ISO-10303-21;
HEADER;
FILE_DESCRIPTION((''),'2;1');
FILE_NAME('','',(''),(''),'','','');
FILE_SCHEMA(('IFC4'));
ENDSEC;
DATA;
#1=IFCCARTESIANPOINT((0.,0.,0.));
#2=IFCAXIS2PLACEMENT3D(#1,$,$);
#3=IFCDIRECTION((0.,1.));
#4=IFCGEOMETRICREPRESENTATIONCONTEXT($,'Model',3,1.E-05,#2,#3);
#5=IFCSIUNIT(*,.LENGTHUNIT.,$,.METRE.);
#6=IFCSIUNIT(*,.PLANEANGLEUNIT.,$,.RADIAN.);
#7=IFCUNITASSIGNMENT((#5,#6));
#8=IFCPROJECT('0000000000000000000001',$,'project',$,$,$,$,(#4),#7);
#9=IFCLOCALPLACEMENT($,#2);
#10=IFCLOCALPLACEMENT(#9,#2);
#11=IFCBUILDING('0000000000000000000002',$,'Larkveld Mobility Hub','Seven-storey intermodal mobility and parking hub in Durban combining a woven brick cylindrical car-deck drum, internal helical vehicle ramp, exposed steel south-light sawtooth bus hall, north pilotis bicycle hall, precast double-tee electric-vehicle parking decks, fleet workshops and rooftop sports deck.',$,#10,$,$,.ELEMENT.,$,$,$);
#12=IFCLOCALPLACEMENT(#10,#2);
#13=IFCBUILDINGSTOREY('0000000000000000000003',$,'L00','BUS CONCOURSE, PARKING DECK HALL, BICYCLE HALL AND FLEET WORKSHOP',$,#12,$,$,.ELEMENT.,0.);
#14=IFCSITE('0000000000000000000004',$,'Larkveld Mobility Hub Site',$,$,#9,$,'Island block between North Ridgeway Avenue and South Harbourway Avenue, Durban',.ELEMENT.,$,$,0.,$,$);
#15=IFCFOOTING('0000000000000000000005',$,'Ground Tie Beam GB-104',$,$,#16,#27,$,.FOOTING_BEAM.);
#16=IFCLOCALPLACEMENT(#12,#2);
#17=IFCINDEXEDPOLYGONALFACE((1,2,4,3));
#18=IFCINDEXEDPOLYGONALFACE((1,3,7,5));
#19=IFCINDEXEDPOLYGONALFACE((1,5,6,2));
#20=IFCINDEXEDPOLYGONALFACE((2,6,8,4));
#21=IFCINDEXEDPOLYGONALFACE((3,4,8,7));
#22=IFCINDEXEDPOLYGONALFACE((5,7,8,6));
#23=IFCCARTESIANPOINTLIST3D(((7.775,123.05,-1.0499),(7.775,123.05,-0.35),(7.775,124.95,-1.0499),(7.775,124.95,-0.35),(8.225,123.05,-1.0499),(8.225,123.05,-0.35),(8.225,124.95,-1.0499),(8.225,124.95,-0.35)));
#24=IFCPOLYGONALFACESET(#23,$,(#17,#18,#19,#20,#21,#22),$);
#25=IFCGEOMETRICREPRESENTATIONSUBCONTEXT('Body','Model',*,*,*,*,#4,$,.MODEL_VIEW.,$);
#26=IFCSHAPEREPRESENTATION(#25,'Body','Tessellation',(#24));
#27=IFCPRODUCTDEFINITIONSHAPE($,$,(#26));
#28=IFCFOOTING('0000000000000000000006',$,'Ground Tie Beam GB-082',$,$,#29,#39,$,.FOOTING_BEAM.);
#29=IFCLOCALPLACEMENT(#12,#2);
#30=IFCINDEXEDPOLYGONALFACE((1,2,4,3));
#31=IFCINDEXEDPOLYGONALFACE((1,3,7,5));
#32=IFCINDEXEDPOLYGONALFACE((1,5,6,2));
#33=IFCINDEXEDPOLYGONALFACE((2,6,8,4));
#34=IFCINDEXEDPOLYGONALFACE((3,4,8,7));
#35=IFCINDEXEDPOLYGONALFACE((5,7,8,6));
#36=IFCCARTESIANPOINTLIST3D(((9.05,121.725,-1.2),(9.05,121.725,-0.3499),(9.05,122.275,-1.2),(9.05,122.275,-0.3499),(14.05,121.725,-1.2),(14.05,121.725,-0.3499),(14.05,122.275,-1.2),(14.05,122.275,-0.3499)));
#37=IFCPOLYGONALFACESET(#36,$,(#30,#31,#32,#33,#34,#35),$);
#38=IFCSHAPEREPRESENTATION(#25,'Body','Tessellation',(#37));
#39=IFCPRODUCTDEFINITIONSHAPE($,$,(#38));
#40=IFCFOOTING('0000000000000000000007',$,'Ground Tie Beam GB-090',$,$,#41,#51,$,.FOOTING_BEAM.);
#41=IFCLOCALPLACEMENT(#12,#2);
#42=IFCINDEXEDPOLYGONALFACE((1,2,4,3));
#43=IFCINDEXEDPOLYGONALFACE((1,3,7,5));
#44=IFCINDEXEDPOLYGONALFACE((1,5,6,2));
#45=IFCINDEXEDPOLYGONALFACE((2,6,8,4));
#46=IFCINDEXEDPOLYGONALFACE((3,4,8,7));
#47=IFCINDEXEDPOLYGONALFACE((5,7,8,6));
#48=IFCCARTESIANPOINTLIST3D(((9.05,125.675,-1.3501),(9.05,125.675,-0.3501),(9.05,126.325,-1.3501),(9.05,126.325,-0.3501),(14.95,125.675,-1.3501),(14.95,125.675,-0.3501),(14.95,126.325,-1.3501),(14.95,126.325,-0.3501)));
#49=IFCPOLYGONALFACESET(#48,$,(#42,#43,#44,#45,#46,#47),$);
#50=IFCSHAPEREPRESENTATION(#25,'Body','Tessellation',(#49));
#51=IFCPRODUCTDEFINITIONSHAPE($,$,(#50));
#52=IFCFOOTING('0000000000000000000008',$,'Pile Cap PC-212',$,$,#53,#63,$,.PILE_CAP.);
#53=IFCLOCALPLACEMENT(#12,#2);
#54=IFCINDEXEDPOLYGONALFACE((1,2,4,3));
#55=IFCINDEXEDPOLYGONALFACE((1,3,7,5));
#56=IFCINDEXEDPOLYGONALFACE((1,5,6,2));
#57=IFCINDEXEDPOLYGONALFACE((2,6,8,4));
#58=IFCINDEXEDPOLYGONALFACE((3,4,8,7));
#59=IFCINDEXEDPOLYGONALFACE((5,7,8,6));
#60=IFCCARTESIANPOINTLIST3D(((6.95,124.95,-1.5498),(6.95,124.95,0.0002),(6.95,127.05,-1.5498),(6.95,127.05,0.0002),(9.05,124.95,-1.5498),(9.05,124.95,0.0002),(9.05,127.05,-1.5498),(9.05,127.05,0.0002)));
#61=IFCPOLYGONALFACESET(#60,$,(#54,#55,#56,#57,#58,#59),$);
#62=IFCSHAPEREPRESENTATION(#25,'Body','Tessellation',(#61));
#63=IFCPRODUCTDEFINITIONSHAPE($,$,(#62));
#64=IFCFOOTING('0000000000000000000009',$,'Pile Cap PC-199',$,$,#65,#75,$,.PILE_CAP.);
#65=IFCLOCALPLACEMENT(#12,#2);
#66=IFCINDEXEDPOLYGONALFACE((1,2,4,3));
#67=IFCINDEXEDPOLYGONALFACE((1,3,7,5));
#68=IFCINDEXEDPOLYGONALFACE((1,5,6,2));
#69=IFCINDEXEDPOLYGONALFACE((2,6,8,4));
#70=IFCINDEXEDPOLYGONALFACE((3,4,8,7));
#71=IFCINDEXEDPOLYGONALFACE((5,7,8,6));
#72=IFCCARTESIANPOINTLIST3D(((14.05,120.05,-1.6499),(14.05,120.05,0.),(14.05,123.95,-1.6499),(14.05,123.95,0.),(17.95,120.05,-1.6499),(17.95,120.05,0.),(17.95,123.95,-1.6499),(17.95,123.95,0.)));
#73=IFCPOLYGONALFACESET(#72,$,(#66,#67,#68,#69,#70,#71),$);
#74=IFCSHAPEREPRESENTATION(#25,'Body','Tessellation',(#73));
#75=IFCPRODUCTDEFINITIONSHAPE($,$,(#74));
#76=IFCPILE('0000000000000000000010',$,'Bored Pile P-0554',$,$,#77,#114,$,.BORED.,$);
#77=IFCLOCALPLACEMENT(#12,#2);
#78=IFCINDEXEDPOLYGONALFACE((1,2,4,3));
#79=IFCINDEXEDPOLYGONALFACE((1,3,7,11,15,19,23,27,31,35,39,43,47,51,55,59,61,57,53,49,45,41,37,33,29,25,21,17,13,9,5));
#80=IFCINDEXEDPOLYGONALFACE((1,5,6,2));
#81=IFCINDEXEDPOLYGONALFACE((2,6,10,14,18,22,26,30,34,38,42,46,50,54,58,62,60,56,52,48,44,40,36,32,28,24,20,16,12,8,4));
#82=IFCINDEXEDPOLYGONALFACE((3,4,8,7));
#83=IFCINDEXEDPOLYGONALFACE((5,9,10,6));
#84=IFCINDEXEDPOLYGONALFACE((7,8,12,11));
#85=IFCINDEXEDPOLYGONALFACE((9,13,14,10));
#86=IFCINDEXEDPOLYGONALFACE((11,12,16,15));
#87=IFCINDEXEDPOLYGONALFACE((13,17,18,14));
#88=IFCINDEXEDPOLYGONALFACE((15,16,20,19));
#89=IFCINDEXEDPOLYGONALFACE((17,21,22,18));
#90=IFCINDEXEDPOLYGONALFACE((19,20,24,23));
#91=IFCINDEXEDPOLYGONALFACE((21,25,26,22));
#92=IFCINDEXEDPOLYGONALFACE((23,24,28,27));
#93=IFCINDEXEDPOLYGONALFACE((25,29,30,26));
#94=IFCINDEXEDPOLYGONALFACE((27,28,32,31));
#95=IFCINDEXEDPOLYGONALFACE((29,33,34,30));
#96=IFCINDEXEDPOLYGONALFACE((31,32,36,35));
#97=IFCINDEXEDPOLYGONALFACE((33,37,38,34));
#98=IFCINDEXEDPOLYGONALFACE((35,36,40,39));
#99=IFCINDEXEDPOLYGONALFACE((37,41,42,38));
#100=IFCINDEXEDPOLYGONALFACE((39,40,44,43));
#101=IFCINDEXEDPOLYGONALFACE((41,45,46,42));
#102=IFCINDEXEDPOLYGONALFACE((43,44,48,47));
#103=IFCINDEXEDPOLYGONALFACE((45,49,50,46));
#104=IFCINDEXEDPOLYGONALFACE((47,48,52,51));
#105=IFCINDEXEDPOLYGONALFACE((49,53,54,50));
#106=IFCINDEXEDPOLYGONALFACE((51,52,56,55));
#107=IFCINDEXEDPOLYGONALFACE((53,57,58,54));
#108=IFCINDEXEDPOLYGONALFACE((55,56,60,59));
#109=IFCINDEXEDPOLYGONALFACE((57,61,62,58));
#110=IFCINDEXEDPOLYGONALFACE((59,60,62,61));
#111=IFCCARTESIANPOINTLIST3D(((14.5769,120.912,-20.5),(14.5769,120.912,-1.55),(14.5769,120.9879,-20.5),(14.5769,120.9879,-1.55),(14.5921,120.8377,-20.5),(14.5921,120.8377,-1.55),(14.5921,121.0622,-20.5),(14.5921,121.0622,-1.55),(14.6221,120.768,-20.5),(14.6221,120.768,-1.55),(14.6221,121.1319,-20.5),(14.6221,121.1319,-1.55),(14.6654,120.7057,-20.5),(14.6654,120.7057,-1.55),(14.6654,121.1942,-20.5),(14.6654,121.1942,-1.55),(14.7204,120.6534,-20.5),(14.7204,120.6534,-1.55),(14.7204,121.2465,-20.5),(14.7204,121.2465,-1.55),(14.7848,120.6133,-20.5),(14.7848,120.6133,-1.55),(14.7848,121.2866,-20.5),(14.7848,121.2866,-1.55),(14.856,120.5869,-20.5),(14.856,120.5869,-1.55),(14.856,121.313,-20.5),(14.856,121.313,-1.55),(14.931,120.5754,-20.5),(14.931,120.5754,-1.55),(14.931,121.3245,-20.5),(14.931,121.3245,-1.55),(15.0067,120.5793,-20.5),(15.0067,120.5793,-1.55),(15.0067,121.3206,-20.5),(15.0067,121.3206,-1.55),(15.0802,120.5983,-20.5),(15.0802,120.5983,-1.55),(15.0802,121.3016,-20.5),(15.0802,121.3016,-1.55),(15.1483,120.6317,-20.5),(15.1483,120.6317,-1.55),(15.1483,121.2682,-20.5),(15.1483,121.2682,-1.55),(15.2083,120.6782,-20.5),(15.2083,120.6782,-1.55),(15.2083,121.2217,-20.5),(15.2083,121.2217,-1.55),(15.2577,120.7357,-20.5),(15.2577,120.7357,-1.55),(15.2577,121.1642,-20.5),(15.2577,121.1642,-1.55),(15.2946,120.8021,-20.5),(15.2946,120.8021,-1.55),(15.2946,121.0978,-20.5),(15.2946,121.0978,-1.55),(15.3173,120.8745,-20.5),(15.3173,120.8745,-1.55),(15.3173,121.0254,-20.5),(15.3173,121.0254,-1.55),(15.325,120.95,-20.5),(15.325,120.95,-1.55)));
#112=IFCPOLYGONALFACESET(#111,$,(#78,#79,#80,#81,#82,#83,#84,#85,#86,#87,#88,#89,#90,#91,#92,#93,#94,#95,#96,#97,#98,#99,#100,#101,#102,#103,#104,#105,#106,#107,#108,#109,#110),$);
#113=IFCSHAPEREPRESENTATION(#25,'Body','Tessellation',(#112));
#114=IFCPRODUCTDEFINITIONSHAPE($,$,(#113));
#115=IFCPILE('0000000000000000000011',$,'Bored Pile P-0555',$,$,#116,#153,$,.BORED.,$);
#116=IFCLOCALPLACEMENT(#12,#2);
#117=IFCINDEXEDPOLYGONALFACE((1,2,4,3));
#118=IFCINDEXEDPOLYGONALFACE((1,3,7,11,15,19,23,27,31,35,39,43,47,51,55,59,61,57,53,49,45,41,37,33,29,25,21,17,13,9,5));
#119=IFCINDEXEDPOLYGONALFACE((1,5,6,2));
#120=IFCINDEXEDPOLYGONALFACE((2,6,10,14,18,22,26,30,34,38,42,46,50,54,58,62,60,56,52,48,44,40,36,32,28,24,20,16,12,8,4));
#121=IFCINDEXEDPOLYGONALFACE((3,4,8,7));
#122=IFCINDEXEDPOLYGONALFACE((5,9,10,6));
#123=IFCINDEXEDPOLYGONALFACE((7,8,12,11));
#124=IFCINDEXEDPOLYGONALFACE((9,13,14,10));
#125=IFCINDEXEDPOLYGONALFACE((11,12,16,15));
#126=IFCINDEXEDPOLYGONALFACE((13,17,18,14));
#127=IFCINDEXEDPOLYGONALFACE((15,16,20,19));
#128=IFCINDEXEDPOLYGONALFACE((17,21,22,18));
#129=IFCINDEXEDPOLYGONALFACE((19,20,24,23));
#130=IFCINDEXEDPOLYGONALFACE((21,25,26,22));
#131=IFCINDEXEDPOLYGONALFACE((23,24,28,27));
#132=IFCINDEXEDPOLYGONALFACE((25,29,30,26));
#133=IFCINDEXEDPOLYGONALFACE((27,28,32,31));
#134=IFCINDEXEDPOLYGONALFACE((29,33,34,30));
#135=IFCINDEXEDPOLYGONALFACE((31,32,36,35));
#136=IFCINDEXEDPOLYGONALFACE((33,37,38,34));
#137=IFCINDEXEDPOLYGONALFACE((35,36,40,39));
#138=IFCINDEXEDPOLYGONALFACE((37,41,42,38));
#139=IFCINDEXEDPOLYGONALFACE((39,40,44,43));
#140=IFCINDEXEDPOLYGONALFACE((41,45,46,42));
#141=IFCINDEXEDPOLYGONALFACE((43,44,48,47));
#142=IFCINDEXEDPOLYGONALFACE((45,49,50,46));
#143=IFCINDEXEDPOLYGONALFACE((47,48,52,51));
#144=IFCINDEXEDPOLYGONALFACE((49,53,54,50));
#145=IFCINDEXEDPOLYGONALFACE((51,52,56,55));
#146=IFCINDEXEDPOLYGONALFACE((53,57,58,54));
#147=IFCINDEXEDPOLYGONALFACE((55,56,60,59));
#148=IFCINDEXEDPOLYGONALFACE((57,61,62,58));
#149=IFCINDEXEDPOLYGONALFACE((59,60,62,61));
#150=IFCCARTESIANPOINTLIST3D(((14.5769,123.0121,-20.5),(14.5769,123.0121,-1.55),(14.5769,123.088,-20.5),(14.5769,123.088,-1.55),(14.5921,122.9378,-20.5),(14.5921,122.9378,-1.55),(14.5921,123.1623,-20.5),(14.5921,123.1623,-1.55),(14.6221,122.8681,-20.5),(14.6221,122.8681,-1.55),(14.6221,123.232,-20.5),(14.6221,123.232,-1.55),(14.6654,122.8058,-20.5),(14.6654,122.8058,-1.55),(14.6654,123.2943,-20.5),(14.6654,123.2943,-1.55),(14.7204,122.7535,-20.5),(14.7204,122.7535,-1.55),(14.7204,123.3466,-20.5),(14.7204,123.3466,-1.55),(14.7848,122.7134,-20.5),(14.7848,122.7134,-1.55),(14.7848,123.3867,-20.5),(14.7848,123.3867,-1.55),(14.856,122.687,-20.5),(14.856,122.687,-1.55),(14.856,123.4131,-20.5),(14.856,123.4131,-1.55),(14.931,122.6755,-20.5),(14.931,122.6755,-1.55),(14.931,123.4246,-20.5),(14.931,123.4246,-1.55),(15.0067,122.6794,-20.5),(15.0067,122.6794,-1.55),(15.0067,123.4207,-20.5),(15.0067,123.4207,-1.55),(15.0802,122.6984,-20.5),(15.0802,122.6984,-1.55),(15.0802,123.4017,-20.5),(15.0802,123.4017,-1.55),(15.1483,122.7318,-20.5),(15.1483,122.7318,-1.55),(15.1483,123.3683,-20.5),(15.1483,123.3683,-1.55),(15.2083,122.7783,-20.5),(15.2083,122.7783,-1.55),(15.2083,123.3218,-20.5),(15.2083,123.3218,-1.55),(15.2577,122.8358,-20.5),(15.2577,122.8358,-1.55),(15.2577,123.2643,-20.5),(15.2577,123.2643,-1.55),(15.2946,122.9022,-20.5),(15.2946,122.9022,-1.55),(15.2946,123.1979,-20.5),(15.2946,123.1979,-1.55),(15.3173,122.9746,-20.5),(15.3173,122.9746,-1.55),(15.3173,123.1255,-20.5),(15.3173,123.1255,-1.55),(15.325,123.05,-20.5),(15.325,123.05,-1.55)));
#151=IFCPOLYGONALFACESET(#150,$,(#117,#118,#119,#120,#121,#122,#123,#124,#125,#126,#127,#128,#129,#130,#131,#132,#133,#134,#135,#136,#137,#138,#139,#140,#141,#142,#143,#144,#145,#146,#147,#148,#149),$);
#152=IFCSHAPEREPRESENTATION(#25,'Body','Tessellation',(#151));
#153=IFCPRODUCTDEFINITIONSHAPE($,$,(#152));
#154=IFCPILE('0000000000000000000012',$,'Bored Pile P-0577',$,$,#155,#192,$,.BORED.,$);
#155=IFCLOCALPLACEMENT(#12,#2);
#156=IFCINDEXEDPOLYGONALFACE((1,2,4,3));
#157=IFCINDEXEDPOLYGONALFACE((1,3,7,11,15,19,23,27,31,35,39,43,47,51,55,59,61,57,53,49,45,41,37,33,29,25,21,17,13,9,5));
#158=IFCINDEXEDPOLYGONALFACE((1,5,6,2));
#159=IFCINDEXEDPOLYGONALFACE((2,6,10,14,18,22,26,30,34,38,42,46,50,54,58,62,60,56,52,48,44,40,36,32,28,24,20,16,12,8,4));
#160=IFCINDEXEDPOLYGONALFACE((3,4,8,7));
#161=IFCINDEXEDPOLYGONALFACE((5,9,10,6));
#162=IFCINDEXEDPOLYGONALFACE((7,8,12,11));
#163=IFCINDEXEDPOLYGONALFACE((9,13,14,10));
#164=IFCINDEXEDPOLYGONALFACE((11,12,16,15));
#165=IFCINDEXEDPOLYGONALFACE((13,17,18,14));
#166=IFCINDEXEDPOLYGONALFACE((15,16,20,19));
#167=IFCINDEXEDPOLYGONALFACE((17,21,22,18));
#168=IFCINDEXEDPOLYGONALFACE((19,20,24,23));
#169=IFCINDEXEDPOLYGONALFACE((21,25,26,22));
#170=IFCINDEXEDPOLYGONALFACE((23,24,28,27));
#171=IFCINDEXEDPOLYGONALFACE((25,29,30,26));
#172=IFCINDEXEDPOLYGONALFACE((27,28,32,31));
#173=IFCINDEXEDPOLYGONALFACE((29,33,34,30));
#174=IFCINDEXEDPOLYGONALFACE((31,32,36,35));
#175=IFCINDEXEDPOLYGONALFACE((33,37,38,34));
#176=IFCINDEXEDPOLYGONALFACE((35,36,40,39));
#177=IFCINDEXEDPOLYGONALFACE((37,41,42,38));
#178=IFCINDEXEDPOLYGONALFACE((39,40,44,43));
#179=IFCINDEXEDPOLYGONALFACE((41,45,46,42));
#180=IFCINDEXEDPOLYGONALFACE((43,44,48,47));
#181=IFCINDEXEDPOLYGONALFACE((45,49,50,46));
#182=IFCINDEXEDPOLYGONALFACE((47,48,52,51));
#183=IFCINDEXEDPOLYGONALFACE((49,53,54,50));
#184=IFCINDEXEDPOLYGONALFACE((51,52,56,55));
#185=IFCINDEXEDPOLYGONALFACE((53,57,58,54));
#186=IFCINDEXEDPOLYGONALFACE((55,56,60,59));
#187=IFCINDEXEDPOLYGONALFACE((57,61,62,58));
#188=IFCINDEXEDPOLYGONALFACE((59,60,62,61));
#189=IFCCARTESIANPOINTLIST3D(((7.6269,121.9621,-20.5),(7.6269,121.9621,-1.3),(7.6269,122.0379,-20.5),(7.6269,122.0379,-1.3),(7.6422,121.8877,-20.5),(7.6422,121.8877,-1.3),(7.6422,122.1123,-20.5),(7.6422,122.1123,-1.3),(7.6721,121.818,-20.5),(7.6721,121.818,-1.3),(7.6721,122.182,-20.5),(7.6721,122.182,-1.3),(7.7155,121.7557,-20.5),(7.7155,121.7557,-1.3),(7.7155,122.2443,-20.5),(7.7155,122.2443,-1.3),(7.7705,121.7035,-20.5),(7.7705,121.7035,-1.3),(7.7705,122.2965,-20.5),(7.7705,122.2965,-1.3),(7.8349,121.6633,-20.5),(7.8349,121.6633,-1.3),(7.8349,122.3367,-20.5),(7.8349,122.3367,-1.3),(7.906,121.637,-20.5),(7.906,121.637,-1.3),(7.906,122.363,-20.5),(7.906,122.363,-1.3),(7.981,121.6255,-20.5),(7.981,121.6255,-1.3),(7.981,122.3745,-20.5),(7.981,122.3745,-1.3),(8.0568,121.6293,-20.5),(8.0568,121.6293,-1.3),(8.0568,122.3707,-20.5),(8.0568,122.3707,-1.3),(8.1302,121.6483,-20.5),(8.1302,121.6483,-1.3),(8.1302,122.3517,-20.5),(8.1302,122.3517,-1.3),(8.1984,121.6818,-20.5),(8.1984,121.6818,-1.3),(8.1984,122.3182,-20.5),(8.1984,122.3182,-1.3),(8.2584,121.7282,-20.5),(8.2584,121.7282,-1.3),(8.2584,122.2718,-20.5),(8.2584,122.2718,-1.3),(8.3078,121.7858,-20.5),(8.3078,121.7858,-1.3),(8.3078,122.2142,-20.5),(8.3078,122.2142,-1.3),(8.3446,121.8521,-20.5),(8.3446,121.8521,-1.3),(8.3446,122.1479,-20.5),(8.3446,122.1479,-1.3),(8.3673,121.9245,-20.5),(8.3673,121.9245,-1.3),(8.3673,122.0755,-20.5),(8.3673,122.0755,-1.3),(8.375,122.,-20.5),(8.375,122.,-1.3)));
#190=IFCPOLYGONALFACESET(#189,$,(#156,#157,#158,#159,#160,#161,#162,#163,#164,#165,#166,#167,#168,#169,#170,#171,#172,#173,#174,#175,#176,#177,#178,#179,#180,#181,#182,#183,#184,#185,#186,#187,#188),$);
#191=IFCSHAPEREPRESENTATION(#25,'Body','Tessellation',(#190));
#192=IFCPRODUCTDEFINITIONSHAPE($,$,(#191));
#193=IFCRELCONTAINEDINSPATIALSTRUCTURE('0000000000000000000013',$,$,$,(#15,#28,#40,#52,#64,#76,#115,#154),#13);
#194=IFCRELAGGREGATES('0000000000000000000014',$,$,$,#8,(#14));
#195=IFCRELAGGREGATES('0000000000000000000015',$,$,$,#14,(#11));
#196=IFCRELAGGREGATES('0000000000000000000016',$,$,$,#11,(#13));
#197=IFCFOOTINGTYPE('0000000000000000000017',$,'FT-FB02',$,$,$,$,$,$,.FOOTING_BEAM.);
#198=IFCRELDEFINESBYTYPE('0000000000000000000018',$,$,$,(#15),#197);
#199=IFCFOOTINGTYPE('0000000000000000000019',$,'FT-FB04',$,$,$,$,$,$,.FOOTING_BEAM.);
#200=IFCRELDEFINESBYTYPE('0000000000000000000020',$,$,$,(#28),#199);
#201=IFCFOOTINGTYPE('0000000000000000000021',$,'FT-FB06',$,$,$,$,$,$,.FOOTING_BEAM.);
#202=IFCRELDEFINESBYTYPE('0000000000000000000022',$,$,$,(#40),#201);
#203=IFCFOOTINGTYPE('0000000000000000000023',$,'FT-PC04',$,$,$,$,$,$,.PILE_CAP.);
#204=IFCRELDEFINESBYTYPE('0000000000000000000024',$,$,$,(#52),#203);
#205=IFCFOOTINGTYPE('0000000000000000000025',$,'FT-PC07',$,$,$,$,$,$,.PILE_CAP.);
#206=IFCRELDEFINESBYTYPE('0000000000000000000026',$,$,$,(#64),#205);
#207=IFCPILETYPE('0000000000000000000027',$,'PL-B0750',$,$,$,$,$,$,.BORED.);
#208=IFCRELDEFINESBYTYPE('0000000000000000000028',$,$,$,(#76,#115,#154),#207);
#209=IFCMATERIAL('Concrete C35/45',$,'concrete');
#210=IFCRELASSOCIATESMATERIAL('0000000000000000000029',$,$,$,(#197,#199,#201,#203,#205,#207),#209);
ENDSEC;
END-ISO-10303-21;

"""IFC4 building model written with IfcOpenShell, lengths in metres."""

from ifc_helpers import new_model, si_unit, direction, frame, origin, origin_2d, place, context, subcontext, project, spatial, rectangle, circle, extrude, material, material_profile, profile_set, type_object, element, save


model = new_model("IFC4")

# Units and contexts
model_context = context("Model", 3, precision=1e-05, world=origin(), true_north=direction((0.0, 1.0)))
body_context = subcontext(model_context, "Body", "Model", "MODEL_VIEW")
ifc_project = project(units=[si_unit("LENGTHUNIT", "METRE"), si_unit("PLANEANGLEUNIT", "RADIAN")], contexts=[model_context])

# Site, building, storey
site_placement = place(None, origin())
site = spatial("IfcSite", under=ifc_project, at=site_placement, Name="Larkveld Mobility Hub Site", LongName="Island block between North Ridgeway Avenue and South Harbourway Avenue, Durban", CompositionType="ELEMENT", RefElevation=0.0)
building_placement = place(site_placement, origin())
building = spatial("IfcBuilding", under=site, at=building_placement, Name="Larkveld Mobility Hub", Description="Seven-storey intermodal mobility and parking hub in Durban combining a woven brick cylindrical car-deck drum, internal helical vehicle ramp, exposed steel south-light sawtooth bus hall, north pilotis bicycle hall, precast double-tee electric-vehicle parking decks, fleet workshops and rooftop sports deck.", CompositionType="ELEMENT")
storey_placement = place(building_placement, origin())
storey = spatial("IfcBuildingStorey", under=building, at=storey_placement, Name="L00", Description="BUS CONCOURSE, PARKING DECK HALL, BICYCLE HALL AND FLEET WORKSHOP", CompositionType="ELEMENT", Elevation=0.0)

# Footings
ifc_material_1 = material(Name="Concrete C35/45", Category="concrete")
ifc_material_profile_1 = material_profile(ifc_material_1, rectangle(XDim=0.45, YDim=0.7, at=origin_2d()), Name="RC BM 450x700")
ifc_profile_set_1 = profile_set([ifc_material_profile_1], Name="Concrete C35/45")
footing_type_1 = type_object("IfcFootingType", Name="FT-FB02", PredefinedType="FOOTING_BEAM", material=ifc_profile_set_1)
footing_1_placement = place(storey_placement, frame((8.0, 123.05, -0.7), z_axis=(0.0, 1.0, 0.0), x_axis=(-1.0, 0.0, 0.0)))
element("IfcFooting", 1, at=footing_1_placement, inside=storey, type_object=footing_type_1, Name="Ground Tie Beam GB-104", PredefinedType="FOOTING_BEAM", context=body_context, shape_type="SweptSolid", body=[
    extrude(rectangle(XDim=0.45, YDim=0.7, at=origin_2d()), origin(), (0.0, 0.0, 1.0), 1.8999),
])
ifc_material_profile_2 = material_profile(ifc_material_1, rectangle(XDim=0.55, YDim=0.8501, at=origin_2d()), Name="RC BM 550x850")
ifc_profile_set_2 = profile_set([ifc_material_profile_2], Name="Concrete C35/45")
footing_type_2 = type_object("IfcFootingType", Name="FT-FB04", PredefinedType="FOOTING_BEAM", material=ifc_profile_set_2)
footing_2_placement = place(storey_placement, frame((9.05, 122.0, -0.7749), z_axis=(1.0, 0.0, 0.0), x_axis=(0.0, 1.0, 0.0)))
element("IfcFooting", 2, at=footing_2_placement, inside=storey, type_object=footing_type_2, Name="Ground Tie Beam GB-082", PredefinedType="FOOTING_BEAM", context=body_context, shape_type="SweptSolid", body=[
    extrude(rectangle(XDim=0.55, YDim=0.8501, at=origin_2d()), origin(), (0.0, 0.0, 1.0), 5.0),
])
ifc_material_profile_3 = material_profile(ifc_material_1, rectangle(XDim=0.6499, YDim=1.0, at=origin_2d()), Name="RC BM 650x1000")
ifc_profile_set_3 = profile_set([ifc_material_profile_3], Name="Concrete C35/45")
footing_type_3 = type_object("IfcFootingType", Name="FT-FB06", PredefinedType="FOOTING_BEAM", material=ifc_profile_set_3)
footing_3_placement = place(storey_placement, frame((9.05, 126.0, -0.8501), z_axis=(1.0, 0.0, 0.0), x_axis=(0.0, 1.0, 0.0)))
element("IfcFooting", 3, at=footing_3_placement, inside=storey, type_object=footing_type_3, Name="Ground Tie Beam GB-090", PredefinedType="FOOTING_BEAM", context=body_context, shape_type="SweptSolid", body=[
    extrude(rectangle(XDim=0.6499, YDim=1.0, at=origin_2d()), origin(), (0.0, 0.0, 1.0), 5.8999),
])
footing_type_4 = type_object("IfcFootingType", Name="FT-PC04", PredefinedType="PILE_CAP", material=ifc_material_1)
footing_4_placement = place(storey_placement, frame((8.0, 126.0, -1.5498), z_axis=(0.0, 0.0, 1.0), x_axis=(1.0, 0.0, 0.0)))
element("IfcFooting", 4, at=footing_4_placement, inside=storey, type_object=footing_type_4, Name="Pile Cap PC-212", PredefinedType="PILE_CAP", context=body_context, shape_type="SweptSolid", body=[
    extrude(rectangle(XDim=2.1001, YDim=2.1001, at=origin_2d()), origin(), (0.0, 0.0, 1.0), 1.55),
])
footing_type_5 = type_object("IfcFootingType", Name="FT-PC07", PredefinedType="PILE_CAP", material=ifc_material_1)
footing_5_placement = place(storey_placement, frame((16.0, 122.0, -1.6499), z_axis=(0.0, 0.0, 1.0), x_axis=(1.0, 0.0, 0.0)))
element("IfcFooting", 5, at=footing_5_placement, inside=storey, type_object=footing_type_5, Name="Pile Cap PC-199", PredefinedType="PILE_CAP", context=body_context, shape_type="SweptSolid", body=[
    extrude(rectangle(XDim=3.8999, YDim=3.8999, at=origin_2d()), origin(), (0.0, 0.0, 1.0), 1.6499),
])

# Piles
ifc_material_profile_4 = material_profile(ifc_material_1, circle(Radius=0.375, at=origin_2d()), Name="PILE D750")
ifc_profile_set_4 = profile_set([ifc_material_profile_4], Name="Concrete C35/45")
pile_type = type_object("IfcPileType", Name="PL-B0750", PredefinedType="BORED", material=ifc_profile_set_4)
for number, where, z_axis, x_axis, name in (
    (6, (14.95, 120.95, -1.55), (0.0, 0.0, -1.0), (1.0, 0.0, 0.0), "Bored Pile P-0554"),
    (7, (14.95, 123.05, -1.55), (0.0, 0.0, -1.0), (1.0, 0.0, 0.0), "Bored Pile P-0555"),
):
    element("IfcPile", number, at=place(storey_placement, frame(where, z_axis=z_axis, x_axis=x_axis)), inside=storey, type_object=pile_type, Name=name, PredefinedType="BORED", context=body_context, shape_type="SweptSolid", body=[
        extrude(circle(Radius=0.375, at=origin_2d()), origin(), (0.0, 0.0, 1.0), 18.95),
    ])
pile_1_placement = place(storey_placement, frame((8.0, 122.0, -1.3), z_axis=(0.0, 0.0, -1.0), x_axis=(1.0, 0.0, 0.0)))
element("IfcPile", 8, at=pile_1_placement, inside=storey, type_object=pile_type, Name="Bored Pile P-0577", PredefinedType="BORED", context=body_context, shape_type="SweptSolid", body=[
    extrude(circle(Radius=0.375, at=origin_2d()), origin(), (0.0, 0.0, 1.0), 19.2),
])

save(model, "model.ifc")
